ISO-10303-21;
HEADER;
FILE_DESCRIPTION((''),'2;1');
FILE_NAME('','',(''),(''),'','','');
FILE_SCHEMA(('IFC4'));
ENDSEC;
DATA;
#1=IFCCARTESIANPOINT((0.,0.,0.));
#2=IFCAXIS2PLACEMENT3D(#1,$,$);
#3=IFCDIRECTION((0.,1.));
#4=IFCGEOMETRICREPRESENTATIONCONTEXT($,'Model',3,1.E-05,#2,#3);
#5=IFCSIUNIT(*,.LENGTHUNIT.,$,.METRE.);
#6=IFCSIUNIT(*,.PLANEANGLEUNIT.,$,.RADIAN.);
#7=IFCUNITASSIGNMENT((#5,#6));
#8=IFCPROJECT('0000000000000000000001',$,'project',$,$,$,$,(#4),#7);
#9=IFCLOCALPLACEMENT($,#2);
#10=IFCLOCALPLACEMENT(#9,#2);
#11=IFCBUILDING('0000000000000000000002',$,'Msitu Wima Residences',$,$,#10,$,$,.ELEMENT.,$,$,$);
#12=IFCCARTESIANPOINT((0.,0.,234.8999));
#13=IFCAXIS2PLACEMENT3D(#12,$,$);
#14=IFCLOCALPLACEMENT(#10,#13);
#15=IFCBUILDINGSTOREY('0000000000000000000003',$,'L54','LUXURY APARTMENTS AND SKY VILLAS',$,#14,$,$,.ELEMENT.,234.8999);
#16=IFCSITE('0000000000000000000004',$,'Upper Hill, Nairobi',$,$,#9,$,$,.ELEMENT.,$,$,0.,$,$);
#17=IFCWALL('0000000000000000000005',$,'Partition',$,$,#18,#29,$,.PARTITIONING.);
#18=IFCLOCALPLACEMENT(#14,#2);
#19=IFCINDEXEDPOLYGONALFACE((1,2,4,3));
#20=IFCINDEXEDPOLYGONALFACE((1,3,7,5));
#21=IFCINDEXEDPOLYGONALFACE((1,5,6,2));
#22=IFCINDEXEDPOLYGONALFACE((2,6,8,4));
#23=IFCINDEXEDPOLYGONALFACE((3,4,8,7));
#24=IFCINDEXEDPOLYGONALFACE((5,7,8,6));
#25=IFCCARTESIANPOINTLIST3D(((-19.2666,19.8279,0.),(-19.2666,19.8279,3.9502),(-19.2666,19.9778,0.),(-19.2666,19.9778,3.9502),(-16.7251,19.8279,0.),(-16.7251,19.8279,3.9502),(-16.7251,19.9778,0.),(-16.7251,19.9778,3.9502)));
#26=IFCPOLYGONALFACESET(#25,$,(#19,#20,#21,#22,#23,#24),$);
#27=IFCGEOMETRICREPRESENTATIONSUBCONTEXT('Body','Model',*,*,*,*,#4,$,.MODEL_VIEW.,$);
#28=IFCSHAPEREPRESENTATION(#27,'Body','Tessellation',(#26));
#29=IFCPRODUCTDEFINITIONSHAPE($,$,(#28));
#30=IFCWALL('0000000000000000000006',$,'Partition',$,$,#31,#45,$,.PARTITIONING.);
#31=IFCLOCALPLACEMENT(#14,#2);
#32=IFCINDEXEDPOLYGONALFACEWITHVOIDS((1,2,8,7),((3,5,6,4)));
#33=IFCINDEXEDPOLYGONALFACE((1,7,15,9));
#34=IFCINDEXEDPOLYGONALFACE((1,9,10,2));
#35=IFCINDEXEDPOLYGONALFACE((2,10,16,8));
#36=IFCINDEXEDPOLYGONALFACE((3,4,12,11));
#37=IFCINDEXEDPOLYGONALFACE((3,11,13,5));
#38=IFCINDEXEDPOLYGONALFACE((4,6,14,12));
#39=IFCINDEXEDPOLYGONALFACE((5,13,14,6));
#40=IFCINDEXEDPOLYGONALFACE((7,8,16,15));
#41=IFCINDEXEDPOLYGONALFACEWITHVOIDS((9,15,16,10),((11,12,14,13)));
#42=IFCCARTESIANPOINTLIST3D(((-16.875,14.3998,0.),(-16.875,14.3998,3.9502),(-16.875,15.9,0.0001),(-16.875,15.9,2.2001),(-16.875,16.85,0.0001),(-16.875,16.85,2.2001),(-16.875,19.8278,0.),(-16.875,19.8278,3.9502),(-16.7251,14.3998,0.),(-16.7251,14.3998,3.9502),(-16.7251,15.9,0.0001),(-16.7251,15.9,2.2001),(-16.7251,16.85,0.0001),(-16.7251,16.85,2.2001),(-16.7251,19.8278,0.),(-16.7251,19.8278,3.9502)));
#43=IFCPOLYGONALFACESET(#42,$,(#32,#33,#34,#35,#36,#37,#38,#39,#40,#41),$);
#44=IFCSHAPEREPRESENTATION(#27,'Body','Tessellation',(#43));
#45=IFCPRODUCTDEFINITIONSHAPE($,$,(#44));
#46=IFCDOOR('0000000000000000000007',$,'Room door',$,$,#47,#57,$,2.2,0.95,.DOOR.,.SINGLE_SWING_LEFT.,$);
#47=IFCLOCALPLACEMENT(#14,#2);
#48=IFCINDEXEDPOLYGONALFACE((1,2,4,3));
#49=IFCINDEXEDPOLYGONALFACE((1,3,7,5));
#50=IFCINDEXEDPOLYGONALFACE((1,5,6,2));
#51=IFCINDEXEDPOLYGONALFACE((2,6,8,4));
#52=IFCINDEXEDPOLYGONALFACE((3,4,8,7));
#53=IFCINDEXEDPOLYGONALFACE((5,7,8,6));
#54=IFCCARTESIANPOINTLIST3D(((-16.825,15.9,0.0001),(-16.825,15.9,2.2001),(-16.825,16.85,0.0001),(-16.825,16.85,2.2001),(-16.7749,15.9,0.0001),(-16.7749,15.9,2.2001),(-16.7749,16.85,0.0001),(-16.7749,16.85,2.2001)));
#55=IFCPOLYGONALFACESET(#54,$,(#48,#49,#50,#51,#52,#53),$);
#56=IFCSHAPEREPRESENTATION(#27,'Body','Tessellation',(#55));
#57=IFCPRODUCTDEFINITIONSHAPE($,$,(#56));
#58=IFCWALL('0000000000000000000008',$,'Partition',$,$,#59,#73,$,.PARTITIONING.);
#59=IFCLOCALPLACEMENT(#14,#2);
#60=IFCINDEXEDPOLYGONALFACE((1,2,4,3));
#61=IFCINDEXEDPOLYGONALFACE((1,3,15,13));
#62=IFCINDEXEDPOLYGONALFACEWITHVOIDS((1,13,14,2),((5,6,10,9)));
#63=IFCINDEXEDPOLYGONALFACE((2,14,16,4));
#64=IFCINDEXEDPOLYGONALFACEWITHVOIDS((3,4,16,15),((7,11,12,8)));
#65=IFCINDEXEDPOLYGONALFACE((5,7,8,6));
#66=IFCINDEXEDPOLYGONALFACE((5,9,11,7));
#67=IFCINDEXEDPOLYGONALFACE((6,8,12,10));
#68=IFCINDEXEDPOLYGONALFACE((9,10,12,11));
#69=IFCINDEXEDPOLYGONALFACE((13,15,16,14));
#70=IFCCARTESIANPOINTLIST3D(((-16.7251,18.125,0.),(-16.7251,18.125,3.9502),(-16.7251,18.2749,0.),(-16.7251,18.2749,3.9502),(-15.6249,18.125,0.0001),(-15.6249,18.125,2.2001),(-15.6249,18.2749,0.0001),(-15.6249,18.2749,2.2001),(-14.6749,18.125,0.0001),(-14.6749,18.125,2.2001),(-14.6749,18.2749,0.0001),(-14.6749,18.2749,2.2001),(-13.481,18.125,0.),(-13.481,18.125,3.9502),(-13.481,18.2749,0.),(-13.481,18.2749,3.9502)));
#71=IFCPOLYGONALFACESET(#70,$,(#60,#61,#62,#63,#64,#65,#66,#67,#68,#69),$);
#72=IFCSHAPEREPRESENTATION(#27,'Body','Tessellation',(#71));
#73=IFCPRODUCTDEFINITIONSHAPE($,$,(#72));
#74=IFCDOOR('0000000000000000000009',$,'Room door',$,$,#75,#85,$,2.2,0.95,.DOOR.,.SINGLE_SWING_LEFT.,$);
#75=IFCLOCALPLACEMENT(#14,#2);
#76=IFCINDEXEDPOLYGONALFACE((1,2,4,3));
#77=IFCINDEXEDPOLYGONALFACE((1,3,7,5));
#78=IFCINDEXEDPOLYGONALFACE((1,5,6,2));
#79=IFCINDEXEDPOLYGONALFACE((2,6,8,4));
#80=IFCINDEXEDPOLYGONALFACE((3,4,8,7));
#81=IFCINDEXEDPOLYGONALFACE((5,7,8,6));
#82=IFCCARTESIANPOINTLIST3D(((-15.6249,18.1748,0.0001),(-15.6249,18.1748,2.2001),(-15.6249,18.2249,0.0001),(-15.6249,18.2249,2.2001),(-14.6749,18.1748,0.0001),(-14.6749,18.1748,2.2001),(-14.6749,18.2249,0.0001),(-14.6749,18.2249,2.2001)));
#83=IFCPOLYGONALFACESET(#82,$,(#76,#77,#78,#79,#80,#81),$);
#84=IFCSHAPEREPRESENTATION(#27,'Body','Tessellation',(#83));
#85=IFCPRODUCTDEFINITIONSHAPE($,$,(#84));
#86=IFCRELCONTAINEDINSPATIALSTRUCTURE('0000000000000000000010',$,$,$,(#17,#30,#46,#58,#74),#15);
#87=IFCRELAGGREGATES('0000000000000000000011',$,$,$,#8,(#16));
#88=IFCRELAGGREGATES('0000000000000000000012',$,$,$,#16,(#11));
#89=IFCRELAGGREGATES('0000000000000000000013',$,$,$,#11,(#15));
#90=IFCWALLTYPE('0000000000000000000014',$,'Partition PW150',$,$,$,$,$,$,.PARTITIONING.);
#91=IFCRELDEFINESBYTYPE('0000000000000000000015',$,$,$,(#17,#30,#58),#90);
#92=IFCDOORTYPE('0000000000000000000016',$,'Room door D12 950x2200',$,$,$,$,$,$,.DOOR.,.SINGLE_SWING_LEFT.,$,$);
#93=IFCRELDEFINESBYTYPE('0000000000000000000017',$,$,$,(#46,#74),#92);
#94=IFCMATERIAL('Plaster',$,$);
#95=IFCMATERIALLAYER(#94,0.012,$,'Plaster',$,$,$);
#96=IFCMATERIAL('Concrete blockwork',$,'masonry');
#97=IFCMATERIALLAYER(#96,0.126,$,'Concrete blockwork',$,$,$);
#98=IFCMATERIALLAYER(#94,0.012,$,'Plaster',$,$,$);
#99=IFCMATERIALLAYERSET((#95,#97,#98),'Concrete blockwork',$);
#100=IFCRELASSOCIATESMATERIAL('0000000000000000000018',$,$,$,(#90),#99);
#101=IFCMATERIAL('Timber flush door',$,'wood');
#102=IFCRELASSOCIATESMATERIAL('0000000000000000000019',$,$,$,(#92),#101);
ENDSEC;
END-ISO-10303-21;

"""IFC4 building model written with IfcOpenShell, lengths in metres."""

from ifc_helpers import new_model, si_unit, direction, frame, frame_2d, origin, place, context, subcontext, project, spatial, rectangle, extrude, material, layer, layer_set, type_object, element, fill, save


model = new_model("IFC4")

# Units and contexts
model_context = context("Model", 3, precision=1e-05, world=origin(), true_north=direction((0.0, 1.0)))
body_context = subcontext(model_context, "Body", "Model", "MODEL_VIEW")
ifc_project = project(units=[si_unit("LENGTHUNIT", "METRE"), si_unit("PLANEANGLEUNIT", "RADIAN")], contexts=[model_context])

# Site, building, storey
site_placement = place(None, origin())
site = spatial("IfcSite", under=ifc_project, at=site_placement, Name="Upper Hill, Nairobi", CompositionType="ELEMENT", RefElevation=0.0)
building_placement = place(site_placement, origin())
building = spatial("IfcBuilding", under=site, at=building_placement, Name="Msitu Wima Residences", CompositionType="ELEMENT")
storey_placement = place(building_placement, frame((0.0, 0.0, 234.8999)))
storey = spatial("IfcBuildingStorey", under=building, at=storey_placement, Name="L54", Description="LUXURY APARTMENTS AND SKY VILLAS", CompositionType="ELEMENT", Elevation=234.8999)

# Shared definitions
ifc_material_1 = material(Name="Plaster")
ifc_layer_1 = layer(ifc_material_1, 0.012, Name="Plaster")
ifc_material_2 = material(Name="Concrete blockwork", Category="masonry")
ifc_layer_2 = layer(ifc_material_2, 0.126, Name="Concrete blockwork")
ifc_layer_3 = layer(ifc_material_1, 0.012, Name="Plaster")
ifc_layer_set_1 = layer_set([ifc_layer_1, ifc_layer_2, ifc_layer_3], Name="Concrete blockwork")
wall_type_1 = type_object("IfcWallType", Name="Partition PW150", PredefinedType="PARTITIONING", material=ifc_layer_set_1)

# Shared definitions
ifc_material_3 = material(Name="Timber flush door", Category="wood")
door_type_1 = type_object("IfcDoorType", Name="Room door D12 950x2200", OperationType="SINGLE_SWING_LEFT", PredefinedType="DOOR", material=ifc_material_3)

# Wall
wall_1_placement = place(storey_placement, frame((-19.2666, 19.9028, 0.0), z_axis=(0.0, 0.0, 1.0), x_axis=(1.0, 0.0, 0.0)))
element("IfcWall", 1, at=wall_1_placement, inside=storey, type_object=wall_type_1, Name="Partition", PredefinedType="PARTITIONING", context=body_context, shape_type="SweptSolid", body=[
    extrude(rectangle(XDim=2.5415, YDim=0.1499, at=frame_2d((1.2708, 0.0))), origin(), (0.0, 0.0, 1.0), 3.9502),
])

# Walls, openings, doors
wall_2_placement = place(storey_placement, frame((-16.8, 14.3999, 0.0), z_axis=(0.0, 0.0, 1.0), x_axis=(0.0, 1.0, 0.0)))
wall_2 = element("IfcWall", 2, at=wall_2_placement, inside=storey, type_object=wall_type_1, Name="Partition", PredefinedType="PARTITIONING", context=body_context, shape_type="SweptSolid", body=[
    extrude(rectangle(XDim=5.428, YDim=0.1499, at=frame_2d((2.7139, 0.0))), origin(), (0.0, 0.0, 1.0), 3.9502),
])
opening_1_placement = place(wall_2_placement, frame((1.5, 0.0, 0.0)))
opening_1 = element("IfcOpeningElement", 3, at=opening_1_placement, cuts=wall_2, PredefinedType="OPENING", context=body_context, shape_type="SweptSolid", body=[
    extrude(rectangle(XDim=0.95, YDim=2.2, at=frame_2d((0.4751, 1.1001))), frame((0.0, 0.085, 0.0), z_axis=(0.0, -1.0, 0.0), x_axis=(1.0, 0.0, 0.0)), (0.0, 0.0, 1.0), 0.1699),
])
door_1_placement = place(opening_1_placement, origin())
door_1 = element("IfcDoor", 4, at=door_1_placement, inside=storey, type_object=door_type_1, Name="Room door", OperationType="SINGLE_SWING_LEFT", OverallHeight=2.2, OverallWidth=0.95, PredefinedType="DOOR", context=body_context, shape_type="SweptSolid", body=[
    extrude(rectangle(XDim=0.95, YDim=2.2, at=frame_2d((0.4751, 1.1001))), frame((0.0, 0.0249, 0.0), z_axis=(0.0, -1.0, 0.0), x_axis=(1.0, 0.0, 0.0)), (0.0, 0.0, 1.0), 0.05),
])
fill(opening_1, door_1)
wall_3_placement = place(storey_placement, frame((-16.7251, 18.2, 0.0), z_axis=(0.0, 0.0, 1.0), x_axis=(1.0, 0.0, 0.0)))
wall_3 = element("IfcWall", 5, at=wall_3_placement, inside=storey, type_object=wall_type_1, Name="Partition", PredefinedType="PARTITIONING", context=body_context, shape_type="SweptSolid", body=[
    extrude(rectangle(XDim=3.2441, YDim=0.1499, at=frame_2d((1.6221, 0.0))), origin(), (0.0, 0.0, 1.0), 3.9502),
])
opening_2_placement = place(wall_3_placement, frame((1.1001, 0.0, 0.0)))
opening_2 = element("IfcOpeningElement", 6, at=opening_2_placement, cuts=wall_3, PredefinedType="OPENING", context=body_context, shape_type="SweptSolid", body=[
    extrude(rectangle(XDim=0.95, YDim=2.2, at=frame_2d((0.4751, 1.1001))), frame((0.0, 0.085, 0.0), z_axis=(0.0, -1.0, 0.0), x_axis=(1.0, 0.0, 0.0)), (0.0, 0.0, 1.0), 0.1699),
])
door_2_placement = place(opening_2_placement, origin())
door_2 = element("IfcDoor", 7, at=door_2_placement, inside=storey, type_object=door_type_1, Name="Room door", OperationType="SINGLE_SWING_LEFT", OverallHeight=2.2, OverallWidth=0.95, PredefinedType="DOOR", context=body_context, shape_type="SweptSolid", body=[
    extrude(rectangle(XDim=0.95, YDim=2.2, at=frame_2d((0.4751, 1.1001))), frame((0.0, 0.0249, 0.0), z_axis=(0.0, -1.0, 0.0), x_axis=(1.0, 0.0, 0.0)), (0.0, 0.0, 1.0), 0.05),
])
fill(opening_2, door_2)

save(model, "model.ifc")
